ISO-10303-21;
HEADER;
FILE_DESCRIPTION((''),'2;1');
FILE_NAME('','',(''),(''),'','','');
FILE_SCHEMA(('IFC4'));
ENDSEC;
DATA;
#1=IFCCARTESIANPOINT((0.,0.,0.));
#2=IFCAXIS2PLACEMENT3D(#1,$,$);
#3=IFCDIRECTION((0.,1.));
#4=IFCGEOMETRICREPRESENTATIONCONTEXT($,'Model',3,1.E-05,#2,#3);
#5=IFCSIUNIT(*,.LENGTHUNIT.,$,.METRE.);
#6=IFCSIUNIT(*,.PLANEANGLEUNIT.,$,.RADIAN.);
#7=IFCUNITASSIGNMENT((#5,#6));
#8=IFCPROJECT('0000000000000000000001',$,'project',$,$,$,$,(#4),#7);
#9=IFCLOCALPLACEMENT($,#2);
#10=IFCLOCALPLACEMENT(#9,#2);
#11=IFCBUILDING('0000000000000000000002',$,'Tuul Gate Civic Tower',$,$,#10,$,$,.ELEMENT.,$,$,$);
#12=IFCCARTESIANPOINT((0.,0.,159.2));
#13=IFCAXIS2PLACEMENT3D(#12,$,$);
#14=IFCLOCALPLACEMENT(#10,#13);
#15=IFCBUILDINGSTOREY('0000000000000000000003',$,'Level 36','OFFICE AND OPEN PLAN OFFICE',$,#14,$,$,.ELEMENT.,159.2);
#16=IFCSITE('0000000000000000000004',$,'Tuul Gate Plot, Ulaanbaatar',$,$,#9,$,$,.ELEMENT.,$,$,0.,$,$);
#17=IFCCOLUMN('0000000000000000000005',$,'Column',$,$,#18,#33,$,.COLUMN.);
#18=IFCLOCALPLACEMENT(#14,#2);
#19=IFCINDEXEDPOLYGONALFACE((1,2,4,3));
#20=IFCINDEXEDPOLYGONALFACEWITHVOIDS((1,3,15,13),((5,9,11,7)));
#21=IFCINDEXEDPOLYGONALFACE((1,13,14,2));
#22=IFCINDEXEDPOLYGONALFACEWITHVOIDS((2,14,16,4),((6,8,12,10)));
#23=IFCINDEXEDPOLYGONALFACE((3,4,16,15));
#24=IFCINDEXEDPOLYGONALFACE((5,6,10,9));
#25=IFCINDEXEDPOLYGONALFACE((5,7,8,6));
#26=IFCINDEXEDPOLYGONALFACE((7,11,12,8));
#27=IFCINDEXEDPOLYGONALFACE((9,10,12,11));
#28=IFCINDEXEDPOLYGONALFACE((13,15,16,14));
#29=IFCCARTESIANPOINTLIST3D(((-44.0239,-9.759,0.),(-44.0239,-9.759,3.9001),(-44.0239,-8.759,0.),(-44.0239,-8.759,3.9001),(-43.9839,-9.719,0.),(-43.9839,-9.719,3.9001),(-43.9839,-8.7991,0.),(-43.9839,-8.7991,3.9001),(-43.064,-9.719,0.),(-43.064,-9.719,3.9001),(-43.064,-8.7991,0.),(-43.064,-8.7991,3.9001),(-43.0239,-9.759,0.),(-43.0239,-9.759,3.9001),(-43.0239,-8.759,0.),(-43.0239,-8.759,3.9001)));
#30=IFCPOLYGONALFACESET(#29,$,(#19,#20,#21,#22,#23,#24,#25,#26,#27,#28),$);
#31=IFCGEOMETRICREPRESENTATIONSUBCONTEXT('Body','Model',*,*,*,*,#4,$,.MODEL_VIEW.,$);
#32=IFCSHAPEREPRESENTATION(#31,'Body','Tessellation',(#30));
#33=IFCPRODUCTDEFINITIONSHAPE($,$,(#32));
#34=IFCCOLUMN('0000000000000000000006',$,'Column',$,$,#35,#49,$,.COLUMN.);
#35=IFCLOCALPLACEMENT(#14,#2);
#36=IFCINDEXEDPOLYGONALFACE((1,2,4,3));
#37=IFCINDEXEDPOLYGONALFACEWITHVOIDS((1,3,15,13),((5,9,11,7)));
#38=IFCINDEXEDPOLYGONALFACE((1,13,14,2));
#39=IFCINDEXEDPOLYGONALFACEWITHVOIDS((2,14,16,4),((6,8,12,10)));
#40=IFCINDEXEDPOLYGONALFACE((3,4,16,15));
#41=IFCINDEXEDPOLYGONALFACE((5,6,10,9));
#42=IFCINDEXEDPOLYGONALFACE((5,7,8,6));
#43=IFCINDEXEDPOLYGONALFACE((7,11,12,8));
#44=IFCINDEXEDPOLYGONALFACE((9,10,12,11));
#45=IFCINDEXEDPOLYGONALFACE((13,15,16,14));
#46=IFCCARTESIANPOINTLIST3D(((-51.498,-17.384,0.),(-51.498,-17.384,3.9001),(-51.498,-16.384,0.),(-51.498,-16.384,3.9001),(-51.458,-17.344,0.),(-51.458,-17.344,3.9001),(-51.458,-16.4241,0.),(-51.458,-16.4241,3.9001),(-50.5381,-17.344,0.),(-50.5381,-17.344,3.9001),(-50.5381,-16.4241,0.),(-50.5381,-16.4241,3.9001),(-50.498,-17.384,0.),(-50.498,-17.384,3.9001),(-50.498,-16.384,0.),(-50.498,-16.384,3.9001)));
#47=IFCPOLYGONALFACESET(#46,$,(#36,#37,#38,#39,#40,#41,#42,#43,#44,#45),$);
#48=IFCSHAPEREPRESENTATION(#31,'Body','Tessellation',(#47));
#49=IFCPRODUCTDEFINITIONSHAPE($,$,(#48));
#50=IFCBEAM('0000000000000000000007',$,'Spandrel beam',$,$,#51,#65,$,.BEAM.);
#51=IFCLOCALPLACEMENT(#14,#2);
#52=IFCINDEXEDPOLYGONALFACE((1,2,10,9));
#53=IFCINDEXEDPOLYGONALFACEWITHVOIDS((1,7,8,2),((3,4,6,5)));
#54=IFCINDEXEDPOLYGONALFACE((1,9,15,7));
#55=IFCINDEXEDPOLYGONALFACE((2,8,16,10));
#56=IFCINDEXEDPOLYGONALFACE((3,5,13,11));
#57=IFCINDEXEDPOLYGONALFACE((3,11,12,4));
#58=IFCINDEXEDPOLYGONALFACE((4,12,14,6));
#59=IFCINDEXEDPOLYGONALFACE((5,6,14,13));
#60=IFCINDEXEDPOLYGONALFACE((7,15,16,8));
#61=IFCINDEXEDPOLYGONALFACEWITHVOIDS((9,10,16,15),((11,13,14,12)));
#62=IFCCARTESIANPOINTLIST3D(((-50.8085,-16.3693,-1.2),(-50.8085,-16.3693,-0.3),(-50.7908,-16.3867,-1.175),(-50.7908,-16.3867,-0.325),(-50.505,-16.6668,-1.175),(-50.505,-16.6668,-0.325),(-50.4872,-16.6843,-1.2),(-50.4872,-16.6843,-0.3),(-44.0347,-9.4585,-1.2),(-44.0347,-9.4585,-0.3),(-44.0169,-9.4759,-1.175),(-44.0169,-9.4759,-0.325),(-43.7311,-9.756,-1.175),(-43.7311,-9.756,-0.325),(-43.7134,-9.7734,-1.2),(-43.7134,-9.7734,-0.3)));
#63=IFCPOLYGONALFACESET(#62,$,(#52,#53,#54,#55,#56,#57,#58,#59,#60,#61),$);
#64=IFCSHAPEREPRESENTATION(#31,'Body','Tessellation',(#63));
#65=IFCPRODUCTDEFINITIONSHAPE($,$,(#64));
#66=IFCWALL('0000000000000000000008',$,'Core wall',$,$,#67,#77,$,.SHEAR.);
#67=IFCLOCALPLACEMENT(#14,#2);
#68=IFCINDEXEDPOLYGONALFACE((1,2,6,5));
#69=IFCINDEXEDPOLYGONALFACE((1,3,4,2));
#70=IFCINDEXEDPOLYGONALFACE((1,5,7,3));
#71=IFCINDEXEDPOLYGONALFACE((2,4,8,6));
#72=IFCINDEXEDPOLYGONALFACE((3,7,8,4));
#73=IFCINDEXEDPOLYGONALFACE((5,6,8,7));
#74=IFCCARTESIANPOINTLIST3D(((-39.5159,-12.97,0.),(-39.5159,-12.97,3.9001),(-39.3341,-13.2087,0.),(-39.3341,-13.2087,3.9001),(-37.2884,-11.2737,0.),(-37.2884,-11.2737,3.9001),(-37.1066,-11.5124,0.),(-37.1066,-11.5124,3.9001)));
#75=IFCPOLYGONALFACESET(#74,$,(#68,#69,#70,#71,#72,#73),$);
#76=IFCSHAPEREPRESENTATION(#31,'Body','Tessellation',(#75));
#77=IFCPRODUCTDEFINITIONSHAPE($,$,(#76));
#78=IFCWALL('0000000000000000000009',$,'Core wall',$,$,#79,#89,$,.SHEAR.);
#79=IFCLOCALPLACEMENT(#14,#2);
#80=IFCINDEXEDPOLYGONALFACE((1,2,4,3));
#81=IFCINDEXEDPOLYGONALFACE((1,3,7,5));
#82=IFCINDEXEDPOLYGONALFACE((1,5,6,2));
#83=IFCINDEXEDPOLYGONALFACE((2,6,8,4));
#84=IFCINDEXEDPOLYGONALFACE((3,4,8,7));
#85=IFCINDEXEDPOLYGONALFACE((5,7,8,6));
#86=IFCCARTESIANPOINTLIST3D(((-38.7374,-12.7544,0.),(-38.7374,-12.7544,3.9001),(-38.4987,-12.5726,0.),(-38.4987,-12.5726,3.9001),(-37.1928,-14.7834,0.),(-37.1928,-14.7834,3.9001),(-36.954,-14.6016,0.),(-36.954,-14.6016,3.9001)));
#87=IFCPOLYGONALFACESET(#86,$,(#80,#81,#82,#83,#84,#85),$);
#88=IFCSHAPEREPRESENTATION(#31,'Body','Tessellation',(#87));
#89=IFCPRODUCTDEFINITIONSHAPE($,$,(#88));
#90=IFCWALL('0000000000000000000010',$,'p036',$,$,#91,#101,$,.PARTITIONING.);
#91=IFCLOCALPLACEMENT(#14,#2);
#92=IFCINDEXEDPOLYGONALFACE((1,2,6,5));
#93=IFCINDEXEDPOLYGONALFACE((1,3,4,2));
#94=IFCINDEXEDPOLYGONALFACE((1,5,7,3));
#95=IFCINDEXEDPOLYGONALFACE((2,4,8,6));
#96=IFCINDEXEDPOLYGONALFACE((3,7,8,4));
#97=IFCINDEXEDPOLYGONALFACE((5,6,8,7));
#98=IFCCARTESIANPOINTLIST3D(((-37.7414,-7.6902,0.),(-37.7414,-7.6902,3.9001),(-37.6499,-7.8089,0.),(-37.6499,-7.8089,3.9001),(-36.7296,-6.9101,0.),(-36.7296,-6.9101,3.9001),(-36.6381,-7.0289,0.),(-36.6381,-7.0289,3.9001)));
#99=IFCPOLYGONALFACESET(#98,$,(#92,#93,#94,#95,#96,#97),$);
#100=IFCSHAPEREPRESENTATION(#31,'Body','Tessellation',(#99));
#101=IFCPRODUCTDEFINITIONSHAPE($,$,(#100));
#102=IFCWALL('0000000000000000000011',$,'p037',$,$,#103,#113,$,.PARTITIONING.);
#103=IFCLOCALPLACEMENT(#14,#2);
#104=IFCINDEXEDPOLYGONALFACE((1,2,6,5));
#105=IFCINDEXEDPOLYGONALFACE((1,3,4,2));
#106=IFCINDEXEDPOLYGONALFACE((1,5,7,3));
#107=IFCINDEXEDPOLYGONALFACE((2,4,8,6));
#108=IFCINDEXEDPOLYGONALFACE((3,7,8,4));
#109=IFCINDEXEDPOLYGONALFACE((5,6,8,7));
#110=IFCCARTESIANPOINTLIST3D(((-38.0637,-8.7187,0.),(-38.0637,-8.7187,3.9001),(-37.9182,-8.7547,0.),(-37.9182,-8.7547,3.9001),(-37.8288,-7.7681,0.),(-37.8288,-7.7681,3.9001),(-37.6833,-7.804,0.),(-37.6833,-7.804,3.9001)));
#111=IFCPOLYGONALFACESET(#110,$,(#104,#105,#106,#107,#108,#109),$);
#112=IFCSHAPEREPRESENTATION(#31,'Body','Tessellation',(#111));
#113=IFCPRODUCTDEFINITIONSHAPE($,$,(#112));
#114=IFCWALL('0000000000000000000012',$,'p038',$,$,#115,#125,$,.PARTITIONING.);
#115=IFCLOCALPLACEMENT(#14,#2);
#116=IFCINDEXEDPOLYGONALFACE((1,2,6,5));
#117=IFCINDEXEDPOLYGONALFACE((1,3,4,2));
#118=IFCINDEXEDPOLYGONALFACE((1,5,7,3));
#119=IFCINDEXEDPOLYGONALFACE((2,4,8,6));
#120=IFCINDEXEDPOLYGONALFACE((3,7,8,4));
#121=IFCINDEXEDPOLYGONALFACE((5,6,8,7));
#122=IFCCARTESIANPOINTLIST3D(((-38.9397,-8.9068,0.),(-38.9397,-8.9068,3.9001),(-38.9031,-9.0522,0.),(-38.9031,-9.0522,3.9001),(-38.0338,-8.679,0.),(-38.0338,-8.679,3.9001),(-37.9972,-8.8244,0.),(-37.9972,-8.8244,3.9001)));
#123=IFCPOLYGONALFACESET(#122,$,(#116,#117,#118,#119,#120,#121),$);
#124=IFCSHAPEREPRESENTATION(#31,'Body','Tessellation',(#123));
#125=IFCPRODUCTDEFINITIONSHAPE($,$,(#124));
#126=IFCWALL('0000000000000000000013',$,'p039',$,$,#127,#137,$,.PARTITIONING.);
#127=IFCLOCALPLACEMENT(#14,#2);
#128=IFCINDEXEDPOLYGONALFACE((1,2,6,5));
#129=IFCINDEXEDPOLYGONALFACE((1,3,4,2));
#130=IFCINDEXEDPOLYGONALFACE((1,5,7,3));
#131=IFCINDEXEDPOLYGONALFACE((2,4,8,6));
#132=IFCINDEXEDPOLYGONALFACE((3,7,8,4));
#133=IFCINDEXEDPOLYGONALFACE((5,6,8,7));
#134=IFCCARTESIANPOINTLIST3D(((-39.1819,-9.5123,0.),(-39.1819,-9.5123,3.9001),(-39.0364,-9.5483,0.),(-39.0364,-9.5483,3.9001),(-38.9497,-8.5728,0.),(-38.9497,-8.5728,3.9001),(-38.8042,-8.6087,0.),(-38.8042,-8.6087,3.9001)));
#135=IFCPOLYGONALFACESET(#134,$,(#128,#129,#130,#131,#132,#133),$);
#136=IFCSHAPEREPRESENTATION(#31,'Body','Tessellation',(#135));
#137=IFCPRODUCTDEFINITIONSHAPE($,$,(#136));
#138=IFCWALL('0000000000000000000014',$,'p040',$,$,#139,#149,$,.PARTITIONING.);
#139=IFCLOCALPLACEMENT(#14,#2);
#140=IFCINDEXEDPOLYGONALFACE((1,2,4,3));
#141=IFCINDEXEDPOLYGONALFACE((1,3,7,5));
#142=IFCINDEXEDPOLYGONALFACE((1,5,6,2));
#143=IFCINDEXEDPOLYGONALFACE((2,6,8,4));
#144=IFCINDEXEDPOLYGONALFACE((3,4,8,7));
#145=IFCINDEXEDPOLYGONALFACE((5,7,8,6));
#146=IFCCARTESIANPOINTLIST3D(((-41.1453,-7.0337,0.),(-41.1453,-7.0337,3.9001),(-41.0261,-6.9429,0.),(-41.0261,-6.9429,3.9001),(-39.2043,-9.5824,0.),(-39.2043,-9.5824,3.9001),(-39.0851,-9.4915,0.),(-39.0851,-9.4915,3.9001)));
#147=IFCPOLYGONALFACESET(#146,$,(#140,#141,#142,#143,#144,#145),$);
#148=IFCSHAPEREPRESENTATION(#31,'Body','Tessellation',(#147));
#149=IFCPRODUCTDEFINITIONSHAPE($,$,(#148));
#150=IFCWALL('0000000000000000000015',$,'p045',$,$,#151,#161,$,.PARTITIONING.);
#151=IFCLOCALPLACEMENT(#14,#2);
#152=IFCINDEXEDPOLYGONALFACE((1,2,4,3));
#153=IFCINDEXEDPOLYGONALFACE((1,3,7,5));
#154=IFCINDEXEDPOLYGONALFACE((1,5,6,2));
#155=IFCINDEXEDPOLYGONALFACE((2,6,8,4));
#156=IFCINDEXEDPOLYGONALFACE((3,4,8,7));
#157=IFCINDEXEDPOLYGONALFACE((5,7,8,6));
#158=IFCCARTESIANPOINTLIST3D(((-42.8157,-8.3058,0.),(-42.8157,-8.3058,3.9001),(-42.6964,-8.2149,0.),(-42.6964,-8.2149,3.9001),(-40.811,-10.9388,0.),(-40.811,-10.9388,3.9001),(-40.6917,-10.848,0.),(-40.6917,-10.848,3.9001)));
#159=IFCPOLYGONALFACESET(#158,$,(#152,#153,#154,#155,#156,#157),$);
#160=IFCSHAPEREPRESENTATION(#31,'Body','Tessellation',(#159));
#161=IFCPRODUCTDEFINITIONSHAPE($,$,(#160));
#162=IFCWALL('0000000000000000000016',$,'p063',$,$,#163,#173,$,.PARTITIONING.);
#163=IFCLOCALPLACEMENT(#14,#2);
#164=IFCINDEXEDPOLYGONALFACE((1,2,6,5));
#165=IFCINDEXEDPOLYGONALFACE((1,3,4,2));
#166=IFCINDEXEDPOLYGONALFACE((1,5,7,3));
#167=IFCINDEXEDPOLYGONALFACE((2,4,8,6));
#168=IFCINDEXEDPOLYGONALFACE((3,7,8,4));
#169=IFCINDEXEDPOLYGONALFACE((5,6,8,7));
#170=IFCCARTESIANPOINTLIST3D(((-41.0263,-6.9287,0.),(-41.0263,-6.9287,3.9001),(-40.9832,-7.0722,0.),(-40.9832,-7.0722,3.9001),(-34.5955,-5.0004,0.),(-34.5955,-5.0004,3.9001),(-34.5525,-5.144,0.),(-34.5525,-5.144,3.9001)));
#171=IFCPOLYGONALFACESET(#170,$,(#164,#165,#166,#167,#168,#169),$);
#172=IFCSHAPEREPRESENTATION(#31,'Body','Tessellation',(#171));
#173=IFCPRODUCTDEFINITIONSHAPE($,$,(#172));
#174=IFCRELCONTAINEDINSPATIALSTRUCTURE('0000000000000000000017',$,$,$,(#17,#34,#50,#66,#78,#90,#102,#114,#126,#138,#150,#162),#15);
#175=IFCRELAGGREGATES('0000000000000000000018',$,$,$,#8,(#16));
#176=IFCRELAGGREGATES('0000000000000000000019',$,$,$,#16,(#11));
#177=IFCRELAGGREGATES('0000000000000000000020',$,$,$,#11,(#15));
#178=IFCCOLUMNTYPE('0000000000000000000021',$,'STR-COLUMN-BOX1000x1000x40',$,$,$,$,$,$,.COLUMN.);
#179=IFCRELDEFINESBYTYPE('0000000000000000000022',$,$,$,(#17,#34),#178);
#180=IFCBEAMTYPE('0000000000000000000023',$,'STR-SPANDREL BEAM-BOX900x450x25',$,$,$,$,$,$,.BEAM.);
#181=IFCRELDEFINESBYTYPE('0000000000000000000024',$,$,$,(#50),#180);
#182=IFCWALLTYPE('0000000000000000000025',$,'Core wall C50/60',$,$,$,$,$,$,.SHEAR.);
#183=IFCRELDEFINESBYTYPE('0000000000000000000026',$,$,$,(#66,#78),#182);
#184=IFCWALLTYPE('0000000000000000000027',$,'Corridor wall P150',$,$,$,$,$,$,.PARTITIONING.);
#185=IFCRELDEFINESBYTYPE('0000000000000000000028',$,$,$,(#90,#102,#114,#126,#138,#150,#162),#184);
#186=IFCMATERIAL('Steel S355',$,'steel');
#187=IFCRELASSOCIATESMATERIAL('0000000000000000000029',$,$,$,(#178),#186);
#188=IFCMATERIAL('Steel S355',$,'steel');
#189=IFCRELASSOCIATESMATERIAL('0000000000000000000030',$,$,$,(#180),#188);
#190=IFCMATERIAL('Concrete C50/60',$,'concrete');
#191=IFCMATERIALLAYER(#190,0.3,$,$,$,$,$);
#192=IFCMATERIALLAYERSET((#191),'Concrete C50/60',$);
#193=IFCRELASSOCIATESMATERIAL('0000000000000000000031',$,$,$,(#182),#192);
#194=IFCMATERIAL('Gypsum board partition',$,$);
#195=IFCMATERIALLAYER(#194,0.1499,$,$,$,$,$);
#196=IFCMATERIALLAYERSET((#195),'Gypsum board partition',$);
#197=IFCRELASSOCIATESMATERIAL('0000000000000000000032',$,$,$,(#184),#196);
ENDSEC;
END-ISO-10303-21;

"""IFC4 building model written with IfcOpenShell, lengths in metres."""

from ifc_helpers import new_model, si_unit, direction, frame, frame_2d, origin, origin_2d, place, context, subcontext, project, spatial, rectangle, hollow_rectangle, extrude, material, layer, layer_set, material_profile, profile_set, type_object, element, save


model = new_model("IFC4")

# Units and contexts
model_context = context("Model", 3, precision=1e-05, world=origin(), true_north=direction((0.0, 1.0)))
body_context = subcontext(model_context, "Body", "Model", "MODEL_VIEW")
ifc_project = project(units=[si_unit("LENGTHUNIT", "METRE"), si_unit("PLANEANGLEUNIT", "RADIAN")], contexts=[model_context])

# Site, building, storey
site_placement = place(None, origin())
site = spatial("IfcSite", under=ifc_project, at=site_placement, Name="Tuul Gate Plot, Ulaanbaatar", CompositionType="ELEMENT", RefElevation=0.0)
building_placement = place(site_placement, origin())
building = spatial("IfcBuilding", under=site, at=building_placement, Name="Tuul Gate Civic Tower", CompositionType="ELEMENT")
storey_placement = place(building_placement, frame((0.0, 0.0, 159.2)))
storey = spatial("IfcBuildingStorey", under=building, at=storey_placement, Name="Level 36", Description="OFFICE AND OPEN PLAN OFFICE", CompositionType="ELEMENT", Elevation=159.2)

# Columns
ifc_material_1 = material(Name="Steel S355", Category="steel")
ifc_material_profile_1 = material_profile(ifc_material_1, hollow_rectangle(XDim=1.0, YDim=1.0, WallThickness=0.04, at=origin_2d()), Name="BOX1000x1000x40")
ifc_profile_set_1 = profile_set([ifc_material_profile_1], Name="Steel S355")
column_type = type_object("IfcColumnType", Name="STR-COLUMN-BOX1000x1000x40", PredefinedType="COLUMN", material=ifc_profile_set_1)
for number, where, z_axis, x_axis, name in (
    (1, (-43.5239, -9.259, 0.0), (0.0, 0.0, 1.0), (1.0, 0.0, 0.0), "Column"),
    (2, (-50.998, -16.884, 0.0), (0.0, 0.0, 1.0), (1.0, 0.0, 0.0), "Column"),
):
    element("IfcColumn", number, at=place(storey_placement, frame(where, z_axis=z_axis, x_axis=x_axis)), inside=storey, type_object=column_type, Name=name, PredefinedType="COLUMN", context=body_context, shape_type="SweptSolid", body=[
        extrude(hollow_rectangle(XDim=1.0, YDim=1.0, WallThickness=0.04, at=origin_2d()), origin(), (0.0, 0.0, 1.0), 3.9001),
    ])

# Beam
ifc_material_2 = material(Name="Steel S355", Category="steel")
ifc_material_profile_2 = material_profile(ifc_material_2, hollow_rectangle(XDim=0.45, YDim=0.8999, WallThickness=0.0249, at=origin_2d()), Name="BOX900x450x25")
ifc_profile_set_2 = profile_set([ifc_material_profile_2], Name="Steel S355")
beam_type = type_object("IfcBeamType", Name="STR-SPANDREL BEAM-BOX900x450x25", PredefinedType="BEAM", material=ifc_profile_set_2)
beam_placement = place(storey_placement, frame((-43.874, -9.616, -0.75), z_axis=(-0.699995, -0.714148, 0.0), x_axis=(0.714148, -0.699995, 0.0)))
element("IfcBeam", 3, at=beam_placement, inside=storey, type_object=beam_type, Name="Spandrel beam", PredefinedType="BEAM", context=body_context, shape_type="SweptSolid", body=[
    extrude(hollow_rectangle(XDim=0.45, YDim=0.8999, WallThickness=0.0249, at=origin_2d()), origin(), (0.0, 0.0, 1.0), 9.677),
])

# Walls
ifc_material_3 = material(Name="Concrete C50/60", Category="concrete")
ifc_layer_1 = layer(ifc_material_3, 0.3)
ifc_layer_set_1 = layer_set([ifc_layer_1], Name="Concrete C50/60")
wall_type_1 = type_object("IfcWallType", Name="Core wall C50/60", PredefinedType="SHEAR", material=ifc_layer_set_1)
wall_1_placement = place(storey_placement, frame((-37.1975, -11.3931, 0.0), z_axis=(0.0, 0.0, 1.0), x_axis=(-0.795584, -0.605844, 0.0)))
element("IfcWall", 4, at=wall_1_placement, inside=storey, type_object=wall_type_1, Name="Core wall", PredefinedType="SHEAR", context=body_context, shape_type="SweptSolid", body=[
    extrude(rectangle(XDim=2.7998, YDim=0.3, at=frame_2d((1.3999, 0.0))), origin(), (0.0, 0.0, 1.0), 3.9001),
])
wall_2_placement = place(storey_placement, frame((-37.0735, -14.6924, 0.0), z_axis=(0.0, 0.0, 1.0), x_axis=(-0.605729, 0.795671, 0.0)))
element("IfcWall", 5, at=wall_2_placement, inside=storey, type_object=wall_type_1, Name="Core wall", PredefinedType="SHEAR", context=body_context, shape_type="SweptSolid", body=[
    extrude(rectangle(XDim=2.55, YDim=0.3, at=frame_2d((1.2749, 0.0))), origin(), (0.0, 0.0, 1.0), 3.9001),
])
ifc_material_4 = material(Name="Gypsum board partition")
ifc_layer_2 = layer(ifc_material_4, 0.1499)
ifc_layer_set_2 = layer_set([ifc_layer_2], Name="Gypsum board partition")
wall_type_2 = type_object("IfcWallType", Name="Corridor wall P150", PredefinedType="PARTITIONING", material=ifc_layer_set_2)
wall_3_placement = place(storey_placement, frame((-37.6956, -7.7495, 0.0), z_axis=(0.0, 0.0, 1.0), x_axis=(0.791949, 0.610588, 0.0)))
element("IfcWall", 6, at=wall_3_placement, inside=storey, type_object=wall_type_2, Name="p036", PredefinedType="PARTITIONING", context=body_context, shape_type="SweptSolid", body=[
    extrude(rectangle(XDim=1.2776, YDim=0.1499, at=frame_2d((0.6387, 0.0))), origin(), (0.0, 0.0, 1.0), 3.9001),
])
wall_4_placement = place(storey_placement, frame((-37.991, -8.7368, 0.0), z_axis=(0.0, 0.0, 1.0), x_axis=(0.239836, 0.970813, 0.0)))
element("IfcWall", 7, at=wall_4_placement, inside=storey, type_object=wall_type_2, Name="p037", PredefinedType="PARTITIONING", context=body_context, shape_type="SweptSolid", body=[
    extrude(rectangle(XDim=0.9792, YDim=0.1499, at=frame_2d((0.4897, 0.0))), origin(), (0.0, 0.0, 1.0), 3.9001),
])
wall_5_placement = place(storey_placement, frame((-38.9214, -8.9795, 0.0), z_axis=(0.0, 0.0, 1.0), x_axis=(0.969803, 0.243889, 0.0)))
element("IfcWall", 8, at=wall_5_placement, inside=storey, type_object=wall_type_2, Name="p038", PredefinedType="PARTITIONING", context=body_context, shape_type="SweptSolid", body=[
    extrude(rectangle(XDim=0.9341, YDim=0.1499, at=frame_2d((0.467, 0.0))), origin(), (0.0, 0.0, 1.0), 3.9001),
])
wall_6_placement = place(storey_placement, frame((-39.1091, -9.5303, 0.0), z_axis=(0.0, 0.0, 1.0), x_axis=(0.239923, 0.970792, 0.0)))
element("IfcWall", 9, at=wall_6_placement, inside=storey, type_object=wall_type_2, Name="p039", PredefinedType="PARTITIONING", context=body_context, shape_type="SweptSolid", body=[
    extrude(rectangle(XDim=0.9678, YDim=0.1499, at=frame_2d((0.4839, 0.0))), origin(), (0.0, 0.0, 1.0), 3.9001),
])
wall_7_placement = place(storey_placement, frame((-41.0857, -6.9883, 0.0), z_axis=(0.0, 0.0, 1.0), x_axis=(0.605873, -0.795561, 0.0)))
element("IfcWall", 10, at=wall_7_placement, inside=storey, type_object=wall_type_2, Name="p040", PredefinedType="PARTITIONING", context=body_context, shape_type="SweptSolid", body=[
    extrude(rectangle(XDim=3.2036, YDim=0.1499, at=frame_2d((1.6018, 0.0))), origin(), (0.0, 0.0, 1.0), 3.9001),
])
wall_8_placement = place(storey_placement, frame((-42.7561, -8.2603, 0.0), z_axis=(0.0, 0.0, 1.0), x_axis=(0.605756, -0.79565, 0.0)))
element("IfcWall", 11, at=wall_8_placement, inside=storey, type_object=wall_type_2, Name="p045", PredefinedType="PARTITIONING", context=body_context, shape_type="SweptSolid", body=[
    extrude(rectangle(XDim=3.3093, YDim=0.1499, at=frame_2d((1.6548, 0.0))), origin(), (0.0, 0.0, 1.0), 3.9001),
])
wall_9_placement = place(storey_placement, frame((-41.0049, -7.0005, 0.0), z_axis=(0.0, 0.0, 1.0), x_axis=(0.957866, 0.287214, 0.0)))
element("IfcWall", 12, at=wall_9_placement, inside=storey, type_object=wall_type_2, Name="p063", PredefinedType="PARTITIONING", context=body_context, shape_type="SweptSolid", body=[
    extrude(rectangle(XDim=6.7136, YDim=0.1499, at=frame_2d((3.3569, 0.0))), origin(), (0.0, 0.0, 1.0), 3.9001),
])

save(model, "model.ifc")
